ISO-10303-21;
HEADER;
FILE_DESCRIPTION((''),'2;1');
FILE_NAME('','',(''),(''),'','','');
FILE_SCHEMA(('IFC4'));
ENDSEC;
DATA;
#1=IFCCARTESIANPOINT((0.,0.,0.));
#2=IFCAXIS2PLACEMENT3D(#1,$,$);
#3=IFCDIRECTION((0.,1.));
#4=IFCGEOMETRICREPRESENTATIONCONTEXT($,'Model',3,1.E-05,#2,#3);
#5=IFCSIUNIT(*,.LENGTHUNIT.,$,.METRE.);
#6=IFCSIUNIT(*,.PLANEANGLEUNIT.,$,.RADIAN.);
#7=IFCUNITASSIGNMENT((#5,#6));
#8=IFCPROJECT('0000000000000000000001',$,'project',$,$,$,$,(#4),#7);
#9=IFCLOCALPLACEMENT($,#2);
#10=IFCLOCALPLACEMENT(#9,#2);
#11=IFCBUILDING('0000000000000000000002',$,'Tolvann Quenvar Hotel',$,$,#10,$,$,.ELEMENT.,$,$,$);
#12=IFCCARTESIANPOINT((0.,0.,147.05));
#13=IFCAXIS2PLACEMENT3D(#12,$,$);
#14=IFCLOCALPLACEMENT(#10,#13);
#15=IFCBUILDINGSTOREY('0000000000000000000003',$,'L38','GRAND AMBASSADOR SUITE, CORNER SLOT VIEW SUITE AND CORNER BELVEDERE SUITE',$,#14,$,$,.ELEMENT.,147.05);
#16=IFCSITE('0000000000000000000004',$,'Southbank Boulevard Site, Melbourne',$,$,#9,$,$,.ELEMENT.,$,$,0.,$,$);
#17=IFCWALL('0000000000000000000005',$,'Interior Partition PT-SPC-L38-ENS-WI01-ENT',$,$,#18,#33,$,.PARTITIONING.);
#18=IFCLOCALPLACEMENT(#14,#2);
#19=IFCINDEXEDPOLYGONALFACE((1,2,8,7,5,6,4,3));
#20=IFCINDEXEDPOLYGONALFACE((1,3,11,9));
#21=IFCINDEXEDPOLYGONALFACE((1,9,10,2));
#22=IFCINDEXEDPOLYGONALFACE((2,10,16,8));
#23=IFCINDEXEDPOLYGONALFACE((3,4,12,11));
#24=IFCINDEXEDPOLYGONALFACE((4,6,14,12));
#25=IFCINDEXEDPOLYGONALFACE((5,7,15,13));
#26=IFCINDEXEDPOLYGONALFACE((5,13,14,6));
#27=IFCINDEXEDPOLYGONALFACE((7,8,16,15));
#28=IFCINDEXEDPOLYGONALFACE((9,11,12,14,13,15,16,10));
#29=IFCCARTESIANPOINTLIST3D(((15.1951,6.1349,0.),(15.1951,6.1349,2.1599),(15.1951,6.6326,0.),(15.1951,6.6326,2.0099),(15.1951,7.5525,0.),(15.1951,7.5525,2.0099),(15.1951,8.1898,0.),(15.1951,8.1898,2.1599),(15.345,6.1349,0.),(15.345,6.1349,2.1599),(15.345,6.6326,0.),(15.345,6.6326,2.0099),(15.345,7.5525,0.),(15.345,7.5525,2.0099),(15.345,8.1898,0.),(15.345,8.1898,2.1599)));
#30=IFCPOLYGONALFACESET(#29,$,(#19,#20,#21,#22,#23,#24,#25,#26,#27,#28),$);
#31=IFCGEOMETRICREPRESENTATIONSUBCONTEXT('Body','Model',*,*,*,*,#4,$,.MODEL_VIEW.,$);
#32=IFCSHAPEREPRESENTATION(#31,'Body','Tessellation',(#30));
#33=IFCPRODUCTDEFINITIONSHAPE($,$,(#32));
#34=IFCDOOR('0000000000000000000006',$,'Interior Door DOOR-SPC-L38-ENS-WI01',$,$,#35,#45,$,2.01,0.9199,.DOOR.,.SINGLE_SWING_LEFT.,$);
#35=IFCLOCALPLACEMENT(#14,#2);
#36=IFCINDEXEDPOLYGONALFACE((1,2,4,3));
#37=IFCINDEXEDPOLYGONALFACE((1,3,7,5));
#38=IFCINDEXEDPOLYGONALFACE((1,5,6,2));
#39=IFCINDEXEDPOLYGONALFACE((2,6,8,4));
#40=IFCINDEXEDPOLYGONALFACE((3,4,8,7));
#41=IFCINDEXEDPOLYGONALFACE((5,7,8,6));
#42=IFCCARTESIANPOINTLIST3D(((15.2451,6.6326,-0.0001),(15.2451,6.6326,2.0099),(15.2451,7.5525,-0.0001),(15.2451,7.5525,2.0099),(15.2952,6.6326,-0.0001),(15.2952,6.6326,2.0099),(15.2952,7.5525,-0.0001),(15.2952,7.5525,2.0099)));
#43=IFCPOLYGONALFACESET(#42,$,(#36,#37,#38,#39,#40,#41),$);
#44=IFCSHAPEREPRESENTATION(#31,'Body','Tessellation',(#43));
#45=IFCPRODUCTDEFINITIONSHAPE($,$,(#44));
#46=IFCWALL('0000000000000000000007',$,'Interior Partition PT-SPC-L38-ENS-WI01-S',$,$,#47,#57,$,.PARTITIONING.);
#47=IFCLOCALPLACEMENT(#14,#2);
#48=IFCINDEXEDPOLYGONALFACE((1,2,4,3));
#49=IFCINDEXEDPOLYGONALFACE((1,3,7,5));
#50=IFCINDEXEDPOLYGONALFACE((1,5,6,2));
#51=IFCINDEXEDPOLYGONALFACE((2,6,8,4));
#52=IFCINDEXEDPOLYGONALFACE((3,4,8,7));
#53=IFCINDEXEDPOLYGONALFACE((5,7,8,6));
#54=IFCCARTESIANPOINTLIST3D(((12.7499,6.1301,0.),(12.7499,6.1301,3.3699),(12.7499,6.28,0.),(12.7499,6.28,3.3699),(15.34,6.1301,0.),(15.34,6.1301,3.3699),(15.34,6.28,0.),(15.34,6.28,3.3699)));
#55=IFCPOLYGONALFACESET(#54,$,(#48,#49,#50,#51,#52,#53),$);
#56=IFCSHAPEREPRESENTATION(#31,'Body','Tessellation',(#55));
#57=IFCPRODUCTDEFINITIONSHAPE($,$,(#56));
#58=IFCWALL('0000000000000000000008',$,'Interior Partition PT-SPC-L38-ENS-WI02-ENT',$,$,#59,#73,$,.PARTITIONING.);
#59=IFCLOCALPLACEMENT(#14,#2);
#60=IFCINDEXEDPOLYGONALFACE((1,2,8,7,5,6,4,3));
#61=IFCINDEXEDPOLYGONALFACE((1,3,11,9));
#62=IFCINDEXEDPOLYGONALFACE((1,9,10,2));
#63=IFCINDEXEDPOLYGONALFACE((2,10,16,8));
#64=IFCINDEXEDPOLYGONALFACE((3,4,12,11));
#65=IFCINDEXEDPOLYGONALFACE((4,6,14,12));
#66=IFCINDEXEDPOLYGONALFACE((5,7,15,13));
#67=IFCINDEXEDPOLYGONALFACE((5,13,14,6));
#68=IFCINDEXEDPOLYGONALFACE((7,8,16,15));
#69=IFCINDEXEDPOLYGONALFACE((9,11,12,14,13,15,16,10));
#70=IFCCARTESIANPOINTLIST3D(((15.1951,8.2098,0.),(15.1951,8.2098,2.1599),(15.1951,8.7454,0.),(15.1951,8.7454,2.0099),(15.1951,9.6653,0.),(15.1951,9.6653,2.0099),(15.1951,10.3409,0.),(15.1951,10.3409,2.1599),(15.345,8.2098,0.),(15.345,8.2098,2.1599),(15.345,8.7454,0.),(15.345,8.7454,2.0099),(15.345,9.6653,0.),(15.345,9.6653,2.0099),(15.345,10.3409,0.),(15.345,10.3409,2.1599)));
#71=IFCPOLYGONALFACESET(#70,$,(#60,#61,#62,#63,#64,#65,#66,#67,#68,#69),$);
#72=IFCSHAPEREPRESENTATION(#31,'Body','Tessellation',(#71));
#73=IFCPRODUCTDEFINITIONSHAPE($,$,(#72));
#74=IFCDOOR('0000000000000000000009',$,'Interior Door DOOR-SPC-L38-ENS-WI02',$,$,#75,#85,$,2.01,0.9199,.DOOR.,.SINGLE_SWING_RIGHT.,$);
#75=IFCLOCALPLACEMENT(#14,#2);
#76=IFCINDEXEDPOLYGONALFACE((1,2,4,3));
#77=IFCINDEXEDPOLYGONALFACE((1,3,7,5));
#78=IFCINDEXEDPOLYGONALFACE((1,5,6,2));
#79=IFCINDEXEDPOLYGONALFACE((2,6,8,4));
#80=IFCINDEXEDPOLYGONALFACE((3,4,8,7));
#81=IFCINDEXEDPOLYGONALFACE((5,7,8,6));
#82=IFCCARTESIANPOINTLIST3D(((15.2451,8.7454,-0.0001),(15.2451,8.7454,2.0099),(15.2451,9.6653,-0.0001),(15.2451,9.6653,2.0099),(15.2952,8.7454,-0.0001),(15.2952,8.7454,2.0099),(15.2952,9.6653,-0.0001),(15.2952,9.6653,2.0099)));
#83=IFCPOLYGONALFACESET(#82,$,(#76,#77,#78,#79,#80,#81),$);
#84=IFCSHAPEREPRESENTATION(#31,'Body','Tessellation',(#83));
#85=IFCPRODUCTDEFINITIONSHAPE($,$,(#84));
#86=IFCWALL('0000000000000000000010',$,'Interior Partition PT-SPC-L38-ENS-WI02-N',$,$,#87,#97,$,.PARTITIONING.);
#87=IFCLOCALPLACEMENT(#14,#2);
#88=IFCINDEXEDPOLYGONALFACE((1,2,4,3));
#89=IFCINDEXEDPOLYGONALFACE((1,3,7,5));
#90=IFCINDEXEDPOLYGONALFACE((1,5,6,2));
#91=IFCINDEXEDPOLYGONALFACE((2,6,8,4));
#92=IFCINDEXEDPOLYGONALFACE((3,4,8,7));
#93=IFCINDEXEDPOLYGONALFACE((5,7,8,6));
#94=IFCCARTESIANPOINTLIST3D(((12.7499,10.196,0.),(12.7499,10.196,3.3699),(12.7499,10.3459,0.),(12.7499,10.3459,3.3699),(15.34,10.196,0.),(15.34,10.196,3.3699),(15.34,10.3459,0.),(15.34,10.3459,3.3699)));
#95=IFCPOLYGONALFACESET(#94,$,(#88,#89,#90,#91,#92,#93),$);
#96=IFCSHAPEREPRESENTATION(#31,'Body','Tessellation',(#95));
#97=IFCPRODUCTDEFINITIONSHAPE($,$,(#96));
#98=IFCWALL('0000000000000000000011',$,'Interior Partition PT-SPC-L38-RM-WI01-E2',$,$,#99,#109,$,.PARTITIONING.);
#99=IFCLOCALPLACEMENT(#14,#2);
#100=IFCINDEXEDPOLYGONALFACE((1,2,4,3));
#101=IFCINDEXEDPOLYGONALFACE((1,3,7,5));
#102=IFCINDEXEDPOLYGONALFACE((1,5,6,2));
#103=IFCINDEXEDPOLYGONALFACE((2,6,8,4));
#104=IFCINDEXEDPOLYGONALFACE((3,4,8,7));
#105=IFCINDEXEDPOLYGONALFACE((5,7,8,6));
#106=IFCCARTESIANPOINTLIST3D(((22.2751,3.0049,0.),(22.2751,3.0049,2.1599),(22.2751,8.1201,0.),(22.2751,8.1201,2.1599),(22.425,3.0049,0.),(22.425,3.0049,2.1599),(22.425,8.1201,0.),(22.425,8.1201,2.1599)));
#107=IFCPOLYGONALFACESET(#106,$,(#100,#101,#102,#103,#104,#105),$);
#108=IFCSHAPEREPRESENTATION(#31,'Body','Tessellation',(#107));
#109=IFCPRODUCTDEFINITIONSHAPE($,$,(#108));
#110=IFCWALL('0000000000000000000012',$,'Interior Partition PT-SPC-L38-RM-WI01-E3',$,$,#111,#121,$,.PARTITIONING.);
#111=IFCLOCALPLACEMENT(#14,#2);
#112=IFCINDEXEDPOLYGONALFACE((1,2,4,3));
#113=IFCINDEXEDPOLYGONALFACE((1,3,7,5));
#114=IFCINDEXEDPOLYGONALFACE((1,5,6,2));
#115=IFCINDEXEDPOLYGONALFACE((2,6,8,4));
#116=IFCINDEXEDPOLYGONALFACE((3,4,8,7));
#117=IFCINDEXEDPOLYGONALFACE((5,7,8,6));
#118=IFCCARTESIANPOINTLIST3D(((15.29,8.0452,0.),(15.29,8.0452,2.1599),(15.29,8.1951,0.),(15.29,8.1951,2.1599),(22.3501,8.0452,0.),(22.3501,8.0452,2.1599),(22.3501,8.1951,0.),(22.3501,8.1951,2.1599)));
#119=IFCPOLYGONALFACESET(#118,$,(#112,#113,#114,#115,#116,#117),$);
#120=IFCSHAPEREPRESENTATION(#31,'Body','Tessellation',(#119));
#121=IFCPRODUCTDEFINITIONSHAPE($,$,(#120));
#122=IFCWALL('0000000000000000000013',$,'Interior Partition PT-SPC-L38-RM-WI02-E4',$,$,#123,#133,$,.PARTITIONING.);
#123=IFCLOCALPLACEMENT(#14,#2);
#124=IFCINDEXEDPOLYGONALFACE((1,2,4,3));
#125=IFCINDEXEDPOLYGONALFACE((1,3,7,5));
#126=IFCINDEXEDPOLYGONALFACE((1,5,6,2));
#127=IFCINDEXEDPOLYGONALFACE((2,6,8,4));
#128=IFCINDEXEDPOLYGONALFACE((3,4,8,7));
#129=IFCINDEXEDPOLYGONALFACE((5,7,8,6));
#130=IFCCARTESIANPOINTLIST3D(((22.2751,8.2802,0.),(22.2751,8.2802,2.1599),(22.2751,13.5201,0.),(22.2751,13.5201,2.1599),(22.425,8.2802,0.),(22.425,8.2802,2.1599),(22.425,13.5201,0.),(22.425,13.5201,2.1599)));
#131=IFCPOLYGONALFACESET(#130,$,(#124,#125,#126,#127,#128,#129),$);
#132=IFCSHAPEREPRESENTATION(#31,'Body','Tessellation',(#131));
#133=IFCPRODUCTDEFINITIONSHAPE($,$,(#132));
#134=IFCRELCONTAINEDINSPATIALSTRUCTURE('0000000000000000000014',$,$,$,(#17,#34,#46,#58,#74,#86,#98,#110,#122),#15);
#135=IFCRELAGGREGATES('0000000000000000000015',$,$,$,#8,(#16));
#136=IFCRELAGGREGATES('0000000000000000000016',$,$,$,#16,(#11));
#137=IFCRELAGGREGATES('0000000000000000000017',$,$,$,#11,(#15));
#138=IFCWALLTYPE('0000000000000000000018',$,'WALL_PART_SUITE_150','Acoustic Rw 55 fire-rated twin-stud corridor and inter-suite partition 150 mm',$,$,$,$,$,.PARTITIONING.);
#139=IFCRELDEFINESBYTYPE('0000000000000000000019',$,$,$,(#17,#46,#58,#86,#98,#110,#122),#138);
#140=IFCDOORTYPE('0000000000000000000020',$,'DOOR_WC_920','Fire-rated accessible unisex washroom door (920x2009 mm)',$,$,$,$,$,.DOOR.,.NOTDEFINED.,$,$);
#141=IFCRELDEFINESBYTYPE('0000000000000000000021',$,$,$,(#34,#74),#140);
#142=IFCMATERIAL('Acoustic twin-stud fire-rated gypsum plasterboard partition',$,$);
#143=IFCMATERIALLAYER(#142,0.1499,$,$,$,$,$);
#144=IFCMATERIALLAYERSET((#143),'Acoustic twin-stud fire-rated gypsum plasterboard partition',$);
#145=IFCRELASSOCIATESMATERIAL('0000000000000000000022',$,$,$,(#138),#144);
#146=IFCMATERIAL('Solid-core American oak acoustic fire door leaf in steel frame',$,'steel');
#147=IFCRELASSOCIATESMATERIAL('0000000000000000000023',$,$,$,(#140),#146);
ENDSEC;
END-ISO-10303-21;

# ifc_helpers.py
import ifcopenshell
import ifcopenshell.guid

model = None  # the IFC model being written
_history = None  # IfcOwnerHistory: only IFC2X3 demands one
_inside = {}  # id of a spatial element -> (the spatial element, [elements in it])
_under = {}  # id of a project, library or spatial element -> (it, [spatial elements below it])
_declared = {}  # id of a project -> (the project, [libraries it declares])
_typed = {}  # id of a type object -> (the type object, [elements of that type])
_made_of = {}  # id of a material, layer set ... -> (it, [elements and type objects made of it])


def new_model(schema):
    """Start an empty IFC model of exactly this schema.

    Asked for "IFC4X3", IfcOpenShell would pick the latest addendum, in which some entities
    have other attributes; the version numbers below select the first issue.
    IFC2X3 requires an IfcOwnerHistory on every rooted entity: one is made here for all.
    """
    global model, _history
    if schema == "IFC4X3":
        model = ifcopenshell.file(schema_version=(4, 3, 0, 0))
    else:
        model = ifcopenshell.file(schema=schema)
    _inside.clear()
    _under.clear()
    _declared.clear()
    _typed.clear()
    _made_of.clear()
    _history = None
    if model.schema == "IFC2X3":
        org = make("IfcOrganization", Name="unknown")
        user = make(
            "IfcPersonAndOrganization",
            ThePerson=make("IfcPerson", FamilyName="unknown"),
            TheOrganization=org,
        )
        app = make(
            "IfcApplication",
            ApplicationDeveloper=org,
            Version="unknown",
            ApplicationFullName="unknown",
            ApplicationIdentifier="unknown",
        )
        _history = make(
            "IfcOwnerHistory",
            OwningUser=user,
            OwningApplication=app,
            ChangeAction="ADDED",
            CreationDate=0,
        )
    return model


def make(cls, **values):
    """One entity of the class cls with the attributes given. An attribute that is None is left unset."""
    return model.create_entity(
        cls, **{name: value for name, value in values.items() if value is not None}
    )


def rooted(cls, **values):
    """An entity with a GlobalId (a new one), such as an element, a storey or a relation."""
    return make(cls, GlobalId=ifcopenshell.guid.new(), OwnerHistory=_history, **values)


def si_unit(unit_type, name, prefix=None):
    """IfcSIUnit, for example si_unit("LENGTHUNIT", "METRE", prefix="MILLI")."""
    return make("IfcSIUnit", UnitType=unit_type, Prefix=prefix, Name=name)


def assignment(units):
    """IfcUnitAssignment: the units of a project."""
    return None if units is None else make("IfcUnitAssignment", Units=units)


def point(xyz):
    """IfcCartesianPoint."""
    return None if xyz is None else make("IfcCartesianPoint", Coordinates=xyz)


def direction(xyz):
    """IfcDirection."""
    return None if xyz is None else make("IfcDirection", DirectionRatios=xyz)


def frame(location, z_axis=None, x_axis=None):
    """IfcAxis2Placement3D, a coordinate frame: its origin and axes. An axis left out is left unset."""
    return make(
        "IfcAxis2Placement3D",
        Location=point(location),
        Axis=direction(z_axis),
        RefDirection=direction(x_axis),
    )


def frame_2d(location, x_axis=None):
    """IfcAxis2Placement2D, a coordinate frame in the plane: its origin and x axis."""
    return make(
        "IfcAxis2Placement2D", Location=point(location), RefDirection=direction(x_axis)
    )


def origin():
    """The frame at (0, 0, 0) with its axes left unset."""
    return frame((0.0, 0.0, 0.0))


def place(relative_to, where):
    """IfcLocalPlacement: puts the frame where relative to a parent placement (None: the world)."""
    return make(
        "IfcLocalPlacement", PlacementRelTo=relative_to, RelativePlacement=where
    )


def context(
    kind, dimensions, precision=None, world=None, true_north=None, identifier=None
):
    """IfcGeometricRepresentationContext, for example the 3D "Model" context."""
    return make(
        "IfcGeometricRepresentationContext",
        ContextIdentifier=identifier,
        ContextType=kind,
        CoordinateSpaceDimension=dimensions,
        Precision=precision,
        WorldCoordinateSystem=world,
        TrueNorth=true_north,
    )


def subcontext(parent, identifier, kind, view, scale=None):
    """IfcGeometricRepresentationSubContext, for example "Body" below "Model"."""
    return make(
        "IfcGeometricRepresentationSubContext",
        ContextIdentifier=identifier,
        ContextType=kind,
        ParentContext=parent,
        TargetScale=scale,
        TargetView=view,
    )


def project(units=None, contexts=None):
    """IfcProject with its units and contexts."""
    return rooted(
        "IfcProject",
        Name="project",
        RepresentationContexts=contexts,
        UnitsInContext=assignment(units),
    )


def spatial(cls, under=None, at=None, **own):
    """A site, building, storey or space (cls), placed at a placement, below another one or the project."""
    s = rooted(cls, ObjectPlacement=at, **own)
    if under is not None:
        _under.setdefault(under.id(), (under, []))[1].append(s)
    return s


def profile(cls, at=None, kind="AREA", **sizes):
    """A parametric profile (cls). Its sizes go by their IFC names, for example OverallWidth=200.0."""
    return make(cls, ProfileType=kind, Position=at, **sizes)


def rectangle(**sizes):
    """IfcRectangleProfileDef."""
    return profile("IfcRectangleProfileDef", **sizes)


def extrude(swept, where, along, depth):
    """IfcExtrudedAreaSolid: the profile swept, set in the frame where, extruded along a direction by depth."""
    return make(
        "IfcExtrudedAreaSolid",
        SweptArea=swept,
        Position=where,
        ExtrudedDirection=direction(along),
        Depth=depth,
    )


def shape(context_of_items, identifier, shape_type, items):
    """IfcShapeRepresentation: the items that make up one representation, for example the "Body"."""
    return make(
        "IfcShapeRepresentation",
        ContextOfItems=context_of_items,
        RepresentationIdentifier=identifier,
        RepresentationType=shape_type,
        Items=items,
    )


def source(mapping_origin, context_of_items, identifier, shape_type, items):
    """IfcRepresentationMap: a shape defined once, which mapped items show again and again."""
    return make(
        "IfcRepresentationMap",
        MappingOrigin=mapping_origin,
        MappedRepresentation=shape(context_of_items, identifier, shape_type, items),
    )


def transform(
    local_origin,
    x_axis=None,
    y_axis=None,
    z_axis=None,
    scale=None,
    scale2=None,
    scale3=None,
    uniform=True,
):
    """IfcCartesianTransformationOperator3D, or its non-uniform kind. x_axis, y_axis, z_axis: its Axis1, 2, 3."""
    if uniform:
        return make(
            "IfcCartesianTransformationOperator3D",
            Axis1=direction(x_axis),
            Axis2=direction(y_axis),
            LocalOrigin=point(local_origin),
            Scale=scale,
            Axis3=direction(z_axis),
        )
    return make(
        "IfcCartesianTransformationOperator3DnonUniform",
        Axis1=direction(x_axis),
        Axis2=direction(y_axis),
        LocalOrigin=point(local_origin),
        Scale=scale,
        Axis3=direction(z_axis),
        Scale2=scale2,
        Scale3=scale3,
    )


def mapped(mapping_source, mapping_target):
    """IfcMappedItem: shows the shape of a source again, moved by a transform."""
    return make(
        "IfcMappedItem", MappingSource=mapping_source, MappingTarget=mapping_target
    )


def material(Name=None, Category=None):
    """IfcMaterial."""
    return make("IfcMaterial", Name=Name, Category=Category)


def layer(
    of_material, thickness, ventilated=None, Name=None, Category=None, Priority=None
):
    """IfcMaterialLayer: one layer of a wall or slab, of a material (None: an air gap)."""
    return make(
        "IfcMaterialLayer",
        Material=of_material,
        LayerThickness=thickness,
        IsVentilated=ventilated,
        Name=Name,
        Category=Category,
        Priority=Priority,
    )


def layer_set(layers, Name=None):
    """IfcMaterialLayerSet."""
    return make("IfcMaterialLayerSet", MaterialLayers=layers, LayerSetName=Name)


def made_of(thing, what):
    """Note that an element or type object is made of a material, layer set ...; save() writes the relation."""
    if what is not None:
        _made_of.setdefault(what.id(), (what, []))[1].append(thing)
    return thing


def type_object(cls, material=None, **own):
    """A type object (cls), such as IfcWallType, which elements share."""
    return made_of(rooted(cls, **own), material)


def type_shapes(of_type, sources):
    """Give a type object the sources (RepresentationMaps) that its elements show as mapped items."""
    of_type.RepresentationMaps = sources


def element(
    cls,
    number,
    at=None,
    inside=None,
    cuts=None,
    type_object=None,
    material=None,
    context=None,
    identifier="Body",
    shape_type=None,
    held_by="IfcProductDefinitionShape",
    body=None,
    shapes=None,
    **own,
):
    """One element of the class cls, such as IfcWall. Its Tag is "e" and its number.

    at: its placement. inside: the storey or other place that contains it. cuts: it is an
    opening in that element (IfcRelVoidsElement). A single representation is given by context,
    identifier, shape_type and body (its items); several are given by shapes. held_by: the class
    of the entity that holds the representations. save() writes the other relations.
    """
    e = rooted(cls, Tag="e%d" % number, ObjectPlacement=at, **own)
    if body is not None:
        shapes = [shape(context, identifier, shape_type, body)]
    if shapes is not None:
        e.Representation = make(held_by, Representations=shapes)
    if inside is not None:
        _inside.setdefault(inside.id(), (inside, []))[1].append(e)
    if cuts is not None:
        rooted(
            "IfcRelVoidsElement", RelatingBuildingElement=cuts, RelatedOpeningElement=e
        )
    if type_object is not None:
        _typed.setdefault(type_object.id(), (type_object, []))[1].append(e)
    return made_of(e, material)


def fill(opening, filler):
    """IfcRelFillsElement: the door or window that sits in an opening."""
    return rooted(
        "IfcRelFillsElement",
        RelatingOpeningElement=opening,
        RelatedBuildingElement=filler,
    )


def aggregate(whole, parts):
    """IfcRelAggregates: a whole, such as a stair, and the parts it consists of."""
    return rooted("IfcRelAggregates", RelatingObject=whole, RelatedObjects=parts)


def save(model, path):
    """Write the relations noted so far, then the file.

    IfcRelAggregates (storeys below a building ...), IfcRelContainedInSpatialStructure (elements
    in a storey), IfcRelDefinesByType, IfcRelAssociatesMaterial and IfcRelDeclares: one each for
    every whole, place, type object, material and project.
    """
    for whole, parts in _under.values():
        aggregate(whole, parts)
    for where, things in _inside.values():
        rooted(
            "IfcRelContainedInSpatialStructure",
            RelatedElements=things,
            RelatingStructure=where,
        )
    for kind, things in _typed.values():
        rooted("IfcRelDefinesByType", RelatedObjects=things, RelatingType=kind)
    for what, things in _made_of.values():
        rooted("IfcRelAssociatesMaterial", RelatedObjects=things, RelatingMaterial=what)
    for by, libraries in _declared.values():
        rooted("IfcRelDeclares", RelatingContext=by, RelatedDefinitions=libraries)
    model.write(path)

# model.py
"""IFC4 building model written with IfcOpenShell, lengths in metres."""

from ifc_helpers import new_model, si_unit, direction, frame, frame_2d, origin, place, context, subcontext, project, spatial, rectangle, extrude, source, transform, mapped, material, layer, layer_set, type_object, type_shapes, element, fill, save


model = new_model("IFC4")

# Units and contexts
model_context = context("Model", 3, precision=1e-05, world=origin(), true_north=direction((0.0, 1.0)))
body_context = subcontext(model_context, "Body", "Model", "MODEL_VIEW")
ifc_project = project(units=[si_unit("LENGTHUNIT", "METRE"), si_unit("PLANEANGLEUNIT", "RADIAN")], contexts=[model_context])

# Site, building, storey
site_placement = place(None, origin())
site = spatial("IfcSite", under=ifc_project, at=site_placement, Name="Southbank Boulevard Site, Melbourne", CompositionType="ELEMENT", RefElevation=0.0)
building_placement = place(site_placement, origin())
building = spatial("IfcBuilding", under=site, at=building_placement, Name="Tolvann Quenvar Hotel", CompositionType="ELEMENT")
storey_placement = place(building_placement, frame((0.0, 0.0, 147.05)))
storey = spatial("IfcBuildingStorey", under=building, at=storey_placement, Name="L38", Description="GRAND AMBASSADOR SUITE, CORNER SLOT VIEW SUITE AND CORNER BELVEDERE SUITE", CompositionType="ELEMENT", Elevation=147.05)

# Wall, opening, door
ifc_material_1 = material(Name="Acoustic twin-stud fire-rated gypsum plasterboard partition")
ifc_layer_1 = layer(ifc_material_1, 0.1499)
ifc_layer_set_1 = layer_set([ifc_layer_1], Name="Acoustic twin-stud fire-rated gypsum plasterboard partition")
wall_type_1 = type_object("IfcWallType", Name="WALL_PART_SUITE_150", Description="Acoustic Rw 55 fire-rated twin-stud corridor and inter-suite partition 150 mm", PredefinedType="PARTITIONING", material=ifc_layer_set_1)
wall_1_placement = place(storey_placement, frame((15.27, 6.135, 0.0), z_axis=(0.0, 0.0, 1.0), x_axis=(0.0, 1.0, 0.0)))
wall_1 = element("IfcWall", 1, at=wall_1_placement, inside=storey, type_object=wall_type_1, Name="Interior Partition PT-SPC-L38-ENS-WI01-ENT", PredefinedType="PARTITIONING", context=body_context, shape_type="SweptSolid", body=[
    extrude(rectangle(XDim=2.0549, YDim=0.1499, at=frame_2d((1.0273, 0.0))), origin(), (0.0, 0.0, 1.0), 2.1599),
])
opening_1_placement = place(wall_1_placement, frame((0.4976, 0.0, 0.0)))
opening_1 = element("IfcOpeningElement", 2, at=opening_1_placement, cuts=wall_1, PredefinedType="OPENING", context=body_context, shape_type="SweptSolid", body=[
    extrude(rectangle(XDim=0.9199, YDim=2.01, at=frame_2d((0.46, 1.0049))), frame((0.0, 0.085, 0.0), z_axis=(0.0, -1.0, 0.0), x_axis=(1.0, 0.0, 0.0)), (0.0, 0.0, 1.0), 0.1699),
])
ifc_material_2 = material(Name="Solid-core American oak acoustic fire door leaf in steel frame", Category="steel")
door_type_1 = type_object("IfcDoorType", Name="DOOR_WC_920", Description="Fire-rated accessible unisex washroom door (920x2009 mm)", OperationType="NOTDEFINED", PredefinedType="DOOR", material=ifc_material_2)
shared_shape_1 = source(origin(), body_context, "Body", "SweptSolid", [
    extrude(rectangle(XDim=0.9199, YDim=2.01, at=frame_2d((0.46, 1.0049))), frame((0.0, 0.0249, 0.0), z_axis=(0.0, -1.0, 0.0), x_axis=(1.0, 0.0, 0.0)), (0.0, 0.0, 1.0), 0.05),
])
type_shapes(door_type_1, [shared_shape_1])
door_1_placement = place(opening_1_placement, origin())
door_1 = element("IfcDoor", 3, at=door_1_placement, inside=storey, type_object=door_type_1, Name="Interior Door DOOR-SPC-L38-ENS-WI01", OperationType="SINGLE_SWING_LEFT", OverallHeight=2.01, OverallWidth=0.9199, PredefinedType="DOOR", context=body_context, shape_type="MappedRepresentation", body=[
    mapped(shared_shape_1, transform((0.0, 0.0, 0.0), x_axis=(1.0, 0.0, 0.0), y_axis=(0.0, 1.0, 0.0), z_axis=(0.0, 0.0, 1.0), scale=1.0)),
])
fill(opening_1, door_1)

# Wall
wall_2_placement = place(storey_placement, frame((12.75, 6.2051, 0.0), z_axis=(0.0, 0.0, 1.0), x_axis=(1.0, 0.0, 0.0)))
element("IfcWall", 4, at=wall_2_placement, inside=storey, type_object=wall_type_1, Name="Interior Partition PT-SPC-L38-ENS-WI01-S", PredefinedType="PARTITIONING", context=body_context, shape_type="SweptSolid", body=[
    extrude(rectangle(XDim=2.5901, YDim=0.1499, at=frame_2d((1.2949, 0.0))), origin(), (0.0, 0.0, 1.0), 3.3699),
])

# Wall, opening, door
wall_3_placement = place(storey_placement, frame((15.27, 8.21, 0.0), z_axis=(0.0, 0.0, 1.0), x_axis=(0.0, 1.0, 0.0)))
wall_3 = element("IfcWall", 5, at=wall_3_placement, inside=storey, type_object=wall_type_1, Name="Interior Partition PT-SPC-L38-ENS-WI02-ENT", PredefinedType="PARTITIONING", context=body_context, shape_type="SweptSolid", body=[
    extrude(rectangle(XDim=2.1311, YDim=0.1499, at=frame_2d((1.0654, 0.0))), origin(), (0.0, 0.0, 1.0), 2.1599),
])
opening_2_placement = place(wall_3_placement, frame((0.5354, 0.0, 0.0)))
opening_2 = element("IfcOpeningElement", 6, at=opening_2_placement, cuts=wall_3, PredefinedType="OPENING", context=body_context, shape_type="SweptSolid", body=[
    extrude(rectangle(XDim=0.9199, YDim=2.01, at=frame_2d((0.46, 1.0049))), frame((0.0, 0.085, 0.0), z_axis=(0.0, -1.0, 0.0), x_axis=(1.0, 0.0, 0.0)), (0.0, 0.0, 1.0), 0.1699),
])
door_2_placement = place(opening_2_placement, origin())
door_2 = element("IfcDoor", 7, at=door_2_placement, inside=storey, type_object=door_type_1, Name="Interior Door DOOR-SPC-L38-ENS-WI02", OperationType="SINGLE_SWING_RIGHT", OverallHeight=2.01, OverallWidth=0.9199, PredefinedType="DOOR", context=body_context, shape_type="MappedRepresentation", body=[
    mapped(shared_shape_1, transform((0.0, 0.0, 0.0), x_axis=(1.0, 0.0, 0.0), y_axis=(0.0, 1.0, 0.0), z_axis=(0.0, 0.0, 1.0), scale=1.0)),
])
fill(opening_2, door_2)

# Wall
wall_4_placement = place(storey_placement, frame((12.75, 10.271, 0.0), z_axis=(0.0, 0.0, 1.0), x_axis=(1.0, 0.0, 0.0)))
element("IfcWall", 8, at=wall_4_placement, inside=storey, type_object=wall_type_1, Name="Interior Partition PT-SPC-L38-ENS-WI02-N", PredefinedType="PARTITIONING", context=body_context, shape_type="SweptSolid", body=[
    extrude(rectangle(XDim=2.5901, YDim=0.1499, at=frame_2d((1.2949, 0.0))), origin(), (0.0, 0.0, 1.0), 3.3699),
])

# Walls
wall_5_placement = place(storey_placement, frame((22.3501, 3.0049, 0.0), z_axis=(0.0, 0.0, 1.0), x_axis=(0.0, 1.0, 0.0)))
element("IfcWall", 9, at=wall_5_placement, inside=storey, type_object=wall_type_1, Name="Interior Partition PT-SPC-L38-RM-WI01-E2", PredefinedType="PARTITIONING", context=body_context, shape_type="SweptSolid", body=[
    extrude(rectangle(XDim=5.1152, YDim=0.1499, at=frame_2d((2.5576, 0.0))), origin(), (0.0, 0.0, 1.0), 2.1599),
])
wall_6_placement = place(storey_placement, frame((15.29, 8.1201, 0.0), z_axis=(0.0, 0.0, 1.0), x_axis=(1.0, 0.0, 0.0)))
element("IfcWall", 10, at=wall_6_placement, inside=storey, type_object=wall_type_1, Name="Interior Partition PT-SPC-L38-RM-WI01-E3", PredefinedType="PARTITIONING", context=body_context, shape_type="SweptSolid", body=[
    extrude(rectangle(XDim=7.0601, YDim=0.1499, at=frame_2d((3.53, 0.0))), origin(), (0.0, 0.0, 1.0), 2.1599),
])

# Wall
wall_7_placement = place(storey_placement, frame((22.3501, 8.28, 0.0), z_axis=(0.0, 0.0, 1.0), x_axis=(0.0, 1.0, 0.0)))
element("IfcWall", 11, at=wall_7_placement, inside=storey, type_object=wall_type_1, Name="Interior Partition PT-SPC-L38-RM-WI02-E4", PredefinedType="PARTITIONING", context=body_context, shape_type="SweptSolid", body=[
    extrude(rectangle(XDim=5.24, YDim=0.1499, at=frame_2d((2.6201, 0.0))), origin(), (0.0, 0.0, 1.0), 2.1599),
])

save(model, "model.ifc")
